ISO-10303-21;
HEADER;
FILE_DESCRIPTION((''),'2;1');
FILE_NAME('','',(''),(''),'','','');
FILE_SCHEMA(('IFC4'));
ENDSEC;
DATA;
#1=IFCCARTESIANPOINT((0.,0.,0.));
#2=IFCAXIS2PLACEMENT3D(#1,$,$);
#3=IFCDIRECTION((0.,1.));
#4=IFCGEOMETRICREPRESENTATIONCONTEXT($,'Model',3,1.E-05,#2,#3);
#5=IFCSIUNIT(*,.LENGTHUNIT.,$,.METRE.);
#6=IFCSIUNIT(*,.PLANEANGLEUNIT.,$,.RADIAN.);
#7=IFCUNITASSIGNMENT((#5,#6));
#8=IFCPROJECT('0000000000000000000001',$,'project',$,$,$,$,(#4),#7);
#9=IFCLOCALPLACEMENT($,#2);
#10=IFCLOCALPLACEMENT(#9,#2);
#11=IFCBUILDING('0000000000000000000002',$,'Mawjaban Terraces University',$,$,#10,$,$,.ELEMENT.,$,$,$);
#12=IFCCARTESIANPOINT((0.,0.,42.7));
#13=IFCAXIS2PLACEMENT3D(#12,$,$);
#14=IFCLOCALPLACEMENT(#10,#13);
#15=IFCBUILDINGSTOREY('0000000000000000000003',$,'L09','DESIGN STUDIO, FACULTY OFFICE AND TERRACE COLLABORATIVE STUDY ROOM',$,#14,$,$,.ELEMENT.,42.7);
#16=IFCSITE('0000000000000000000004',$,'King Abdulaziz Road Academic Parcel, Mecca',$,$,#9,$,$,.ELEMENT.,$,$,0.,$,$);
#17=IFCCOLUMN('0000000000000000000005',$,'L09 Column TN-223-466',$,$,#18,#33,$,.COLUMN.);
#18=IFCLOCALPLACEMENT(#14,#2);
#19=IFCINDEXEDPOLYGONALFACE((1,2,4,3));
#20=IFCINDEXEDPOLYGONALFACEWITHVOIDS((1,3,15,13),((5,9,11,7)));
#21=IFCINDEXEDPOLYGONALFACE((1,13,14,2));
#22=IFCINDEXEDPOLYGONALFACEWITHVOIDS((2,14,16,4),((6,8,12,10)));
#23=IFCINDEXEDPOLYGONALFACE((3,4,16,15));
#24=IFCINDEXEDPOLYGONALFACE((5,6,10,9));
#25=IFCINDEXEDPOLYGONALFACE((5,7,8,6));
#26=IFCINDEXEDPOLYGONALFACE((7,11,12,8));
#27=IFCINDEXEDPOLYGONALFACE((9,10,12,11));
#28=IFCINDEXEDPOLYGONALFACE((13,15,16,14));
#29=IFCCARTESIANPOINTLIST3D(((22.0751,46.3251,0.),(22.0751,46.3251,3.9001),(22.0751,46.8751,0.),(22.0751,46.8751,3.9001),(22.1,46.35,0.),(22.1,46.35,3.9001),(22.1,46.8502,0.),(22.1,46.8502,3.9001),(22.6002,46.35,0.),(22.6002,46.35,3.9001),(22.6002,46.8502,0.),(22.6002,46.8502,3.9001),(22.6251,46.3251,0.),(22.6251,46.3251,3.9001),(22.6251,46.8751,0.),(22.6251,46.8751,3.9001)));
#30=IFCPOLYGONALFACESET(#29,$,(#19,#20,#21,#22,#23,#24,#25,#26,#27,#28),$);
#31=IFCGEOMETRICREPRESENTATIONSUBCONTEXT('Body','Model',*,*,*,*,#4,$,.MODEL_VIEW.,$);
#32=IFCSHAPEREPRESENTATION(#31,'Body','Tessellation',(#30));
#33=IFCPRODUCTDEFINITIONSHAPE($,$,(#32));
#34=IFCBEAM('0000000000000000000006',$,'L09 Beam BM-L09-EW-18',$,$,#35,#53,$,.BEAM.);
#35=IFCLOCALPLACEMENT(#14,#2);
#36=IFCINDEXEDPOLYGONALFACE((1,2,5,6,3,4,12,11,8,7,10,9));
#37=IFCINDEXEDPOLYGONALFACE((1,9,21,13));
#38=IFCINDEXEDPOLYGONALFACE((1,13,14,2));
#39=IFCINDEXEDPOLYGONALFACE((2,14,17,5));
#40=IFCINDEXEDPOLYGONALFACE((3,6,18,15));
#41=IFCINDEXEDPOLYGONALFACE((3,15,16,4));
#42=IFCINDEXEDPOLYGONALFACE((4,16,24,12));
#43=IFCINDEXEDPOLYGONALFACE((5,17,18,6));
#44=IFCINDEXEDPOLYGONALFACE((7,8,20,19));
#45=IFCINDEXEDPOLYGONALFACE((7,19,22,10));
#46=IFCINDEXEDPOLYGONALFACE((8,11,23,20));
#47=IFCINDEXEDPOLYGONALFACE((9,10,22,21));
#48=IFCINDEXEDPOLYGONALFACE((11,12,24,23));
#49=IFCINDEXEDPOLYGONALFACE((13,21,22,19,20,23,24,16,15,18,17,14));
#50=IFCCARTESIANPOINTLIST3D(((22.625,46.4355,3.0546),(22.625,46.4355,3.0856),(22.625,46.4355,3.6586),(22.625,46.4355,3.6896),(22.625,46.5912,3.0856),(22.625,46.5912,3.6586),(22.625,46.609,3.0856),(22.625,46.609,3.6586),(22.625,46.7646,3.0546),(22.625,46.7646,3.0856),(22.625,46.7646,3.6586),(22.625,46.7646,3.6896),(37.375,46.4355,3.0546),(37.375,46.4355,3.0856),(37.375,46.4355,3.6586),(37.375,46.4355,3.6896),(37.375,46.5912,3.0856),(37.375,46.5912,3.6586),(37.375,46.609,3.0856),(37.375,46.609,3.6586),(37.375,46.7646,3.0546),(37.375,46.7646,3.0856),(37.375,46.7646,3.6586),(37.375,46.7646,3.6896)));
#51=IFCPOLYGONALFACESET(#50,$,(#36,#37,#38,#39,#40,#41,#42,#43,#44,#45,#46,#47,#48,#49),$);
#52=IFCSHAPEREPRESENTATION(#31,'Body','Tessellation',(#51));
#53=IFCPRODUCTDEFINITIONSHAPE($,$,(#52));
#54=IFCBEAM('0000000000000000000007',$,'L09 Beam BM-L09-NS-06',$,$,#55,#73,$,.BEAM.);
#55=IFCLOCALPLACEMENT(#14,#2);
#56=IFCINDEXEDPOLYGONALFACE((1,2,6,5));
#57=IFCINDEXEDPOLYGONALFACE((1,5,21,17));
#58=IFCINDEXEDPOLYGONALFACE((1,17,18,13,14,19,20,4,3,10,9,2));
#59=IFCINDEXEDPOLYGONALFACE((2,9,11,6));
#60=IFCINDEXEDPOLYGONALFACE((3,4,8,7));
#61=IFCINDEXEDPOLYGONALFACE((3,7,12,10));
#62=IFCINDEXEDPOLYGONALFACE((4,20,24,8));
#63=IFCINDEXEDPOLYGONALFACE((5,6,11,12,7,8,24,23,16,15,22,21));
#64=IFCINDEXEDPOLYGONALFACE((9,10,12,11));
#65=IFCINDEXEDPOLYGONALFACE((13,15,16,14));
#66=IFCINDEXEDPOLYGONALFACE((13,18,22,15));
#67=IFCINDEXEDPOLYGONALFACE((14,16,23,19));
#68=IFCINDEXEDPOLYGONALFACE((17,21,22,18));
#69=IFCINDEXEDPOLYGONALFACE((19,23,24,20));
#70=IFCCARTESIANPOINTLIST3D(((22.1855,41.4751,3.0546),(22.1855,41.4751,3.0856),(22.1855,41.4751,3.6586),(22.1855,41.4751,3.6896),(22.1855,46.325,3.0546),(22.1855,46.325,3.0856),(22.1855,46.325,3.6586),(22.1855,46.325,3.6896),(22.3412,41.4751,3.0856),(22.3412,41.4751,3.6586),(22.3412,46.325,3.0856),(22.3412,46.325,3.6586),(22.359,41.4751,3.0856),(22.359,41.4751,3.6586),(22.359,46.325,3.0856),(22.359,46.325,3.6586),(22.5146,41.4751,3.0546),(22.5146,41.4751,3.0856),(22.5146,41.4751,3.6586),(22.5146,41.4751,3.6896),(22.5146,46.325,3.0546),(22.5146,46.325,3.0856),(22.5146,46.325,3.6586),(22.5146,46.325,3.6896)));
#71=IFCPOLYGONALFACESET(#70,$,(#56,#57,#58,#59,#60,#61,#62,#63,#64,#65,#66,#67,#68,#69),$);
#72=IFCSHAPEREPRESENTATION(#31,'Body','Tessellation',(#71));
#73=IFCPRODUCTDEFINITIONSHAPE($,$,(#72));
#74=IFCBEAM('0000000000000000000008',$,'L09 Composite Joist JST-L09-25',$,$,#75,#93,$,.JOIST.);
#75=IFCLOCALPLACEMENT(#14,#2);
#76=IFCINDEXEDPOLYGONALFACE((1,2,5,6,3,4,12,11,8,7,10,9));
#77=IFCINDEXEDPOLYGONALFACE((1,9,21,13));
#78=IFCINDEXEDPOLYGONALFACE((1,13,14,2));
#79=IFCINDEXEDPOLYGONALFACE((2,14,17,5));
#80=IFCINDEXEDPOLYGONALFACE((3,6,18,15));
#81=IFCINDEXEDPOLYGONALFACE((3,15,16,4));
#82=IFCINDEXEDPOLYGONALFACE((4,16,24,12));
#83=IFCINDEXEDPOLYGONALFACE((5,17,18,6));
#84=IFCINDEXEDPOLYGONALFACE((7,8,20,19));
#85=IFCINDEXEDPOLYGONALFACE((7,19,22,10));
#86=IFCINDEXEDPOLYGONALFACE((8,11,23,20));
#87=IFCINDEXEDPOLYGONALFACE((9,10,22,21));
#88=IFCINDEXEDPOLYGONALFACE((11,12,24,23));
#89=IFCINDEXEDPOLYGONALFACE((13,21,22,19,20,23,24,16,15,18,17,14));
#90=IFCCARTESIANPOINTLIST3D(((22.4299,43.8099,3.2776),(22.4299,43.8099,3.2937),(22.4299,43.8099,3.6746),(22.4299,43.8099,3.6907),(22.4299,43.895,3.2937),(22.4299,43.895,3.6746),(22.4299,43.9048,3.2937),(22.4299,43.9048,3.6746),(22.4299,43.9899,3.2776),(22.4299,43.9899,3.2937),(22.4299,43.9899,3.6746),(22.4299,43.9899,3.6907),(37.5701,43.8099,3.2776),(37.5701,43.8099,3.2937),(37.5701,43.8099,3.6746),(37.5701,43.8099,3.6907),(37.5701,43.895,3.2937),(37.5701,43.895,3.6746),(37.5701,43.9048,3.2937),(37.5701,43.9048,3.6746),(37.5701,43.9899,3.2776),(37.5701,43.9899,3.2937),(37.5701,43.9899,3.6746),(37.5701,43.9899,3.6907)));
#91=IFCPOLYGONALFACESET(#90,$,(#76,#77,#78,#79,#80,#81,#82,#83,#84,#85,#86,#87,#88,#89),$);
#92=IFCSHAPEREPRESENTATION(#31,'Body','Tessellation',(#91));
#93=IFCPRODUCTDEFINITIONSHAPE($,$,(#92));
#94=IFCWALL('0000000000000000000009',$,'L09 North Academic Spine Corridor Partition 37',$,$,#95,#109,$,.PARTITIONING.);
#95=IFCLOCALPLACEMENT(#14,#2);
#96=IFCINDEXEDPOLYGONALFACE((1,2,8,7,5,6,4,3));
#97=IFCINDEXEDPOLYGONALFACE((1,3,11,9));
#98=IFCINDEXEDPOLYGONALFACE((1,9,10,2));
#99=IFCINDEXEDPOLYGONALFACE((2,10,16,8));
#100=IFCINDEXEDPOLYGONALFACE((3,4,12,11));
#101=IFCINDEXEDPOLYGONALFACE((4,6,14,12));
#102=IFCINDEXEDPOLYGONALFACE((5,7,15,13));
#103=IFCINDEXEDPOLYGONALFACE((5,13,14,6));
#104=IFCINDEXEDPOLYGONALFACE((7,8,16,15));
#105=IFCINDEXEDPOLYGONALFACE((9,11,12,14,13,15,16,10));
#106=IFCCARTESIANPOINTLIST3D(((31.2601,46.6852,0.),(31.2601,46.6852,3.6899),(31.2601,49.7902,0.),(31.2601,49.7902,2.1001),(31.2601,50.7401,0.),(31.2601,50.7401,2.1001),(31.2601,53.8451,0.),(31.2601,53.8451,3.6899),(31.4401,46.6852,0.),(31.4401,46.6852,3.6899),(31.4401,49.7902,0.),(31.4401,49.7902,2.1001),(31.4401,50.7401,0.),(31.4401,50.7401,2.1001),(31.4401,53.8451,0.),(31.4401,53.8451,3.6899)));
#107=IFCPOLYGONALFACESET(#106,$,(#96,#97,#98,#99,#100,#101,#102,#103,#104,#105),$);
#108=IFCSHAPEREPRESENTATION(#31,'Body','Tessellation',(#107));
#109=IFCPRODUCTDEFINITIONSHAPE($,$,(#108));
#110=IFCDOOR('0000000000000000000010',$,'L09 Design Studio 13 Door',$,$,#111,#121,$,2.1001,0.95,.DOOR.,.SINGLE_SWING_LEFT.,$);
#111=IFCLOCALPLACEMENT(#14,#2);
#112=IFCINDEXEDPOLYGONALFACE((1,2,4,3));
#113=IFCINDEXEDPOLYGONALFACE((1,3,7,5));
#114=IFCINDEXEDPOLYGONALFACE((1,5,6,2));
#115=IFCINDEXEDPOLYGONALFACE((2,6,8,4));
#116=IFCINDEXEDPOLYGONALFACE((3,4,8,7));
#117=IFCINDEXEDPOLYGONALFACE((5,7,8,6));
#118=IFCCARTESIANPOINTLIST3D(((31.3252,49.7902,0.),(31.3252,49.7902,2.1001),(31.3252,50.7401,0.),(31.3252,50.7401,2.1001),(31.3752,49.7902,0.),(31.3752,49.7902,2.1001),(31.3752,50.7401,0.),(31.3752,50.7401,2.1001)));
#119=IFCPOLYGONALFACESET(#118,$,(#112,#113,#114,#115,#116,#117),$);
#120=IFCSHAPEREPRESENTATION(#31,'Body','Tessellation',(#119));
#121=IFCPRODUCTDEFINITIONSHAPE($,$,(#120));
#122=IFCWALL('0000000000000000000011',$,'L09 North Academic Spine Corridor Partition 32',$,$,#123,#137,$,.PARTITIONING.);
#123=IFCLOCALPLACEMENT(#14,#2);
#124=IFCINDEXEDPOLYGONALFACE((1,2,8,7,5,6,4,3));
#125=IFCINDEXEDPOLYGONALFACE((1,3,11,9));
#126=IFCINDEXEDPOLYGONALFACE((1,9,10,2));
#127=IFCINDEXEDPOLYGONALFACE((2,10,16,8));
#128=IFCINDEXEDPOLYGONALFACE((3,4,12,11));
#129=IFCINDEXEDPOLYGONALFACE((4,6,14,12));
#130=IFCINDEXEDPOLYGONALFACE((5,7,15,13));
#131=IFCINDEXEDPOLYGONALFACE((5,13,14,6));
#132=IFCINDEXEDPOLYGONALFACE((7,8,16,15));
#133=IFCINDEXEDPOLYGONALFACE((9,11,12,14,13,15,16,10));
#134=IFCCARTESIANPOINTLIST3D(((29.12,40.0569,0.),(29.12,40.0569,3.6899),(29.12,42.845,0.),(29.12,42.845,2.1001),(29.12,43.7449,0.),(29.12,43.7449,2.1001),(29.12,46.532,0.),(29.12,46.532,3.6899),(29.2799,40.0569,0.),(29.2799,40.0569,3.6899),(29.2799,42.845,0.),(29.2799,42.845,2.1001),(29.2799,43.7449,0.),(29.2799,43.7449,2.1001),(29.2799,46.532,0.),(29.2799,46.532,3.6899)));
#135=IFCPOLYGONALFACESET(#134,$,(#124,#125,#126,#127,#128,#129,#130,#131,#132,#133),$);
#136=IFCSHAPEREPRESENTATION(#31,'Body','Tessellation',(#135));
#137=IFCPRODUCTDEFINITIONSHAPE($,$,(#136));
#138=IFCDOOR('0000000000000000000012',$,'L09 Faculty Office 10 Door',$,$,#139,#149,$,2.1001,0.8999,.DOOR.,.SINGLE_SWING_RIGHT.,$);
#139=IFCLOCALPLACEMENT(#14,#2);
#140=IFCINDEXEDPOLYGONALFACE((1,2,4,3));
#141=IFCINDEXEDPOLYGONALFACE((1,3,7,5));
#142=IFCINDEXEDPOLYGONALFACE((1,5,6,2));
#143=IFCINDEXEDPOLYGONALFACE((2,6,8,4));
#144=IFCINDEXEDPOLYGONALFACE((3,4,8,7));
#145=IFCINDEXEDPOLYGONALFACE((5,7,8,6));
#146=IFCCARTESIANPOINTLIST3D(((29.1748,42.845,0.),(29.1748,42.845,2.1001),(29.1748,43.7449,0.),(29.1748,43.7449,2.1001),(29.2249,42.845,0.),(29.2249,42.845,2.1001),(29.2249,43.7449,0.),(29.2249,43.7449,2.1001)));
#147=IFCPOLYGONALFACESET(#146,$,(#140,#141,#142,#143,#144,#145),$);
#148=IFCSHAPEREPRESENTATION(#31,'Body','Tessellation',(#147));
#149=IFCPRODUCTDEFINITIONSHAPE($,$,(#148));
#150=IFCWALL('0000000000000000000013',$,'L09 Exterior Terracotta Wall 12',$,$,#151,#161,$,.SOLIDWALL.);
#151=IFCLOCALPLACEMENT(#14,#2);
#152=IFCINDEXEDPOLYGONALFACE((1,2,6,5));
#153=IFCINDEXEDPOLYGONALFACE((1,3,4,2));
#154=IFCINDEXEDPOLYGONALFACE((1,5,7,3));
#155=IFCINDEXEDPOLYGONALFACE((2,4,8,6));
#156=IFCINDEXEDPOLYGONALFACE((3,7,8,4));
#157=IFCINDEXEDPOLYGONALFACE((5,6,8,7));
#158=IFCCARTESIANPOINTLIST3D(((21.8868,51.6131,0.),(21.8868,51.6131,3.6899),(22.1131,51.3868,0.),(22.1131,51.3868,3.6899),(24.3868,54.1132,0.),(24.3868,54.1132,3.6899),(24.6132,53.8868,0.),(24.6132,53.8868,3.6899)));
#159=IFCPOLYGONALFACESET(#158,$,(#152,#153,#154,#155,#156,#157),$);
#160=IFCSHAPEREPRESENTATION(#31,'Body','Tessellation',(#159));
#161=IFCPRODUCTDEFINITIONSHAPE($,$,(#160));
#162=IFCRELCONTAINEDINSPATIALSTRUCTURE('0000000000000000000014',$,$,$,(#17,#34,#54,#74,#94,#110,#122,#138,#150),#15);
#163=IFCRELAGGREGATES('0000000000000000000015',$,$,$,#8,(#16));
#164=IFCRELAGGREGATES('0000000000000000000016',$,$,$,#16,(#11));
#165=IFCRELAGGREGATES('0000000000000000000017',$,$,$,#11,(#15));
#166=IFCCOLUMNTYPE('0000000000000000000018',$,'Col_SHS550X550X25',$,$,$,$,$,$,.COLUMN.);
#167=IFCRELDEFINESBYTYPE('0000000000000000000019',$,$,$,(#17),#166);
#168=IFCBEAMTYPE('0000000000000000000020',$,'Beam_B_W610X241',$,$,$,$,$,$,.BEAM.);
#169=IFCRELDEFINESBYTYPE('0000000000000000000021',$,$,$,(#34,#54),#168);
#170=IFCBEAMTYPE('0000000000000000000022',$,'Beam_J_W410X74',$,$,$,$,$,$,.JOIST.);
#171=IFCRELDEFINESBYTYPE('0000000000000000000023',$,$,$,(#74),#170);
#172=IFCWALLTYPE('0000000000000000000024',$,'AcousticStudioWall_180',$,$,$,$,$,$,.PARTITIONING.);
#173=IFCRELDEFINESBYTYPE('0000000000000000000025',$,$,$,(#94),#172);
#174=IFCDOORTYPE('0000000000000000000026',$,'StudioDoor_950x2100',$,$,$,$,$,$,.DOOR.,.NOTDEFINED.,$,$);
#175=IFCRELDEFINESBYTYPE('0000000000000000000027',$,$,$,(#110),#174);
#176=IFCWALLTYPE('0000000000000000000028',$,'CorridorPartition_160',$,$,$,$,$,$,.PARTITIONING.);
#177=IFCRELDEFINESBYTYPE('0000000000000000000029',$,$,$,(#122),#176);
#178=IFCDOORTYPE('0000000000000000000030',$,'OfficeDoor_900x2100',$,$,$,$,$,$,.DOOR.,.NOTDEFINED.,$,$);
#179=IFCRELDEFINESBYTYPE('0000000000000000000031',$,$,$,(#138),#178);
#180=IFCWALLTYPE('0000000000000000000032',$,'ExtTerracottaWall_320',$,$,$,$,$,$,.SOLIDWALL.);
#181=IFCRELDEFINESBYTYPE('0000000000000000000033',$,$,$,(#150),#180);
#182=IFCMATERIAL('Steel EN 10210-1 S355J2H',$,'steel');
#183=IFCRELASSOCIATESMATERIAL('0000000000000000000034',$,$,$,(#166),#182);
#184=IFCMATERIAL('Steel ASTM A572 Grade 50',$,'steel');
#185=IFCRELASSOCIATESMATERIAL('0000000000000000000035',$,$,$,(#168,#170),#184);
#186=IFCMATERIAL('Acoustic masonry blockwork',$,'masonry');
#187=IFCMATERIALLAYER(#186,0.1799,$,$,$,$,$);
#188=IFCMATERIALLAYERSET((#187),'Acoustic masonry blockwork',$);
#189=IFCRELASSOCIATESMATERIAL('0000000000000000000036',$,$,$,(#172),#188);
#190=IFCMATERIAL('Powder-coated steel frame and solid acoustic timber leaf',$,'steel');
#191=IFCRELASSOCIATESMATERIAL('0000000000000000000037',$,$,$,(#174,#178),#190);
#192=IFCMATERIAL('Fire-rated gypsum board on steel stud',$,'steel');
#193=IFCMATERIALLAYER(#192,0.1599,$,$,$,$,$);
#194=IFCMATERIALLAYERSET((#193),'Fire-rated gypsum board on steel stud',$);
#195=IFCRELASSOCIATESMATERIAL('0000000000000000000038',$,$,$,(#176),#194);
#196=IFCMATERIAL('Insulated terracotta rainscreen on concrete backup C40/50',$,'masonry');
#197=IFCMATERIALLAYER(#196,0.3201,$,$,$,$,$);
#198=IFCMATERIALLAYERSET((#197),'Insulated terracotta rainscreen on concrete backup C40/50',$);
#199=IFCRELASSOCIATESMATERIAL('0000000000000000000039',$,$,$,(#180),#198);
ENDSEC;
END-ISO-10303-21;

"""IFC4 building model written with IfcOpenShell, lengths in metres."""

from ifc_helpers import new_model, si_unit, direction, frame, frame_2d, origin, origin_2d, place, context, subcontext, project, spatial, rectangle, hollow_rectangle, i_section, extrude, material, layer, layer_set, material_profile, profile_set, type_object, element, fill, save


model = new_model("IFC4")

# Units and contexts
model_context = context("Model", 3, precision=1e-05, world=origin(), true_north=direction((0.0, 1.0)))
body_context = subcontext(model_context, "Body", "Model", "MODEL_VIEW")
ifc_project = project(units=[si_unit("LENGTHUNIT", "METRE"), si_unit("PLANEANGLEUNIT", "RADIAN")], contexts=[model_context])

# Site, building, storey
site_placement = place(None, origin())
site = spatial("IfcSite", under=ifc_project, at=site_placement, Name="King Abdulaziz Road Academic Parcel, Mecca", CompositionType="ELEMENT", RefElevation=0.0)
building_placement = place(site_placement, origin())
building = spatial("IfcBuilding", under=site, at=building_placement, Name="Mawjaban Terraces University", CompositionType="ELEMENT")
storey_placement = place(building_placement, frame((0.0, 0.0, 42.7)))
storey = spatial("IfcBuildingStorey", under=building, at=storey_placement, Name="L09", Description="DESIGN STUDIO, FACULTY OFFICE AND TERRACE COLLABORATIVE STUDY ROOM", CompositionType="ELEMENT", Elevation=42.7)

# Column
ifc_material_1 = material(Name="Steel EN 10210-1 S355J2H", Category="steel")
ifc_material_profile_1 = material_profile(ifc_material_1, hollow_rectangle(XDim=0.55, YDim=0.55, WallThickness=0.0249, at=origin_2d()), Name="SHS550X550X25")
ifc_profile_set_1 = profile_set([ifc_material_profile_1], Name="Steel EN 10210-1 S355J2H")
column_type = type_object("IfcColumnType", Name="Col_SHS550X550X25", PredefinedType="COLUMN", material=ifc_profile_set_1)
column_placement = place(storey_placement, frame((22.3501, 46.6001, 0.0), z_axis=(0.0, 0.0, 1.0), x_axis=(1.0, 0.0, 0.0)))
element("IfcColumn", 1, at=column_placement, inside=storey, type_object=column_type, Name="L09 Column TN-223-466", PredefinedType="COLUMN", context=body_context, shape_type="SweptSolid", body=[
    extrude(hollow_rectangle(XDim=0.55, YDim=0.55, WallThickness=0.0249, at=origin_2d()), origin(), (0.0, 0.0, 1.0), 3.9001),
])

# Beams
ifc_material_2 = material(Name="Steel ASTM A572 Grade 50", Category="steel")
ifc_material_profile_2 = material_profile(ifc_material_2, i_section(OverallWidth=0.3291, OverallDepth=0.635, WebThickness=0.0178, FlangeThickness=0.031, at=origin_2d()), Name="W610X241")
ifc_profile_set_2 = profile_set([ifc_material_profile_2], Name="Steel ASTM A572 Grade 50")
beam_type_1 = type_object("IfcBeamType", Name="Beam_B_W610X241", PredefinedType="BEAM", material=ifc_profile_set_2)
beam_1_placement = place(storey_placement, frame((22.625, 46.6001, 3.3721), z_axis=(1.0, 0.0, 0.0), x_axis=(0.0, 1.0, 0.0)))
element("IfcBeam", 2, at=beam_1_placement, inside=storey, type_object=beam_type_1, Name="L09 Beam BM-L09-EW-18", PredefinedType="BEAM", context=body_context, shape_type="SweptSolid", body=[
    extrude(i_section(OverallWidth=0.3291, OverallDepth=0.635, WebThickness=0.0178, FlangeThickness=0.031, at=origin_2d()), origin(), (0.0, 0.0, 1.0), 14.75),
])
beam_2_placement = place(storey_placement, frame((22.3501, 41.4751, 3.3721), z_axis=(0.0, 1.0, 0.0), x_axis=(-1.0, 0.0, 0.0)))
element("IfcBeam", 3, at=beam_2_placement, inside=storey, type_object=beam_type_1, Name="L09 Beam BM-L09-NS-06", PredefinedType="BEAM", context=body_context, shape_type="SweptSolid", body=[
    extrude(i_section(OverallWidth=0.3291, OverallDepth=0.635, WebThickness=0.0178, FlangeThickness=0.031, at=origin_2d()), origin(), (0.0, 0.0, 1.0), 4.8499),
])
ifc_material_profile_3 = material_profile(ifc_material_2, i_section(OverallWidth=0.1799, OverallDepth=0.4131, WebThickness=0.0098, FlangeThickness=0.0161, at=origin_2d()), Name="W410X74")
ifc_profile_set_3 = profile_set([ifc_material_profile_3], Name="Steel ASTM A572 Grade 50")
beam_type_2 = type_object("IfcBeamType", Name="Beam_J_W410X74", PredefinedType="JOIST", material=ifc_profile_set_3)
beam_3_placement = place(storey_placement, frame((22.4299, 43.8999, 3.4841), z_axis=(1.0, 0.0, 0.0), x_axis=(0.0, 1.0, 0.0)))
element("IfcBeam", 4, at=beam_3_placement, inside=storey, type_object=beam_type_2, Name="L09 Composite Joist JST-L09-25", PredefinedType="JOIST", context=body_context, shape_type="SweptSolid", body=[
    extrude(i_section(OverallWidth=0.1799, OverallDepth=0.4131, WebThickness=0.0098, FlangeThickness=0.0161, at=origin_2d()), origin(), (0.0, 0.0, 1.0), 15.1401),
])

# Walls, openings, doors
ifc_material_3 = material(Name="Acoustic masonry blockwork", Category="masonry")
ifc_layer_1 = layer(ifc_material_3, 0.1799)
ifc_layer_set_1 = layer_set([ifc_layer_1], Name="Acoustic masonry blockwork")
wall_type_1 = type_object("IfcWallType", Name="AcousticStudioWall_180", PredefinedType="PARTITIONING", material=ifc_layer_set_1)
wall_1_placement = place(storey_placement, frame((31.3501, 46.6851, 0.0), z_axis=(0.0, 0.0, 1.0), x_axis=(0.0, 1.0, 0.0)))
wall_1 = element("IfcWall", 5, at=wall_1_placement, inside=storey, type_object=wall_type_1, Name="L09 North Academic Spine Corridor Partition 37", PredefinedType="PARTITIONING", context=body_context, shape_type="SweptSolid", body=[
    extrude(rectangle(XDim=7.1599, YDim=0.1799, at=frame_2d((3.5801, 0.0))), origin(), (0.0, 0.0, 1.0), 3.6899),
])
opening_1_placement = place(wall_1_placement, frame((3.105, 0.0, 0.0)))
opening_1 = element("IfcOpeningElement", 6, at=opening_1_placement, cuts=wall_1, PredefinedType="OPENING", context=body_context, shape_type="SweptSolid", body=[
    extrude(rectangle(XDim=0.95, YDim=2.1001, at=frame_2d((0.4751, 1.05))), frame((0.0, 0.0999, 0.0), z_axis=(0.0, -1.0, 0.0), x_axis=(1.0, 0.0, 0.0)), (0.0, 0.0, 1.0), 0.2),
])
ifc_material_4 = material(Name="Powder-coated steel frame and solid acoustic timber leaf", Category="steel")
door_type_1 = type_object("IfcDoorType", Name="StudioDoor_950x2100", OperationType="NOTDEFINED", PredefinedType="DOOR", material=ifc_material_4)
door_1_placement = place(opening_1_placement, origin())
door_1 = element("IfcDoor", 7, at=door_1_placement, inside=storey, type_object=door_type_1, Name="L09 Design Studio 13 Door", OperationType="SINGLE_SWING_LEFT", OverallHeight=2.1001, OverallWidth=0.95, PredefinedType="DOOR", context=body_context, shape_type="SweptSolid", body=[
    extrude(rectangle(XDim=0.95, YDim=2.1001, at=frame_2d((0.4751, 1.05))), frame((0.0, 0.0249, 0.0), z_axis=(0.0, -1.0, 0.0), x_axis=(1.0, 0.0, 0.0)), (0.0, 0.0, 1.0), 0.05),
])
fill(opening_1, door_1)
ifc_material_5 = material(Name="Fire-rated gypsum board on steel stud", Category="steel")
ifc_layer_2 = layer(ifc_material_5, 0.1599)
ifc_layer_set_2 = layer_set([ifc_layer_2], Name="Fire-rated gypsum board on steel stud")
wall_type_2 = type_object("IfcWallType", Name="CorridorPartition_160", PredefinedType="PARTITIONING", material=ifc_layer_set_2)
wall_2_placement = place(storey_placement, frame((29.2, 46.532, 0.0), z_axis=(0.0, 0.0, 1.0), x_axis=(0.0, -1.0, 0.0)))
wall_2 = element("IfcWall", 8, at=wall_2_placement, inside=storey, type_object=wall_type_2, Name="L09 North Academic Spine Corridor Partition 32", PredefinedType="PARTITIONING", context=body_context, shape_type="SweptSolid", body=[
    extrude(rectangle(XDim=6.4751, YDim=0.1599, at=frame_2d((3.2375, 0.0))), origin(), (0.0, 0.0, 1.0), 3.6899),
])
opening_2_placement = place(wall_2_placement, frame((2.7871, 0.0, 0.0)))
opening_2 = element("IfcOpeningElement", 9, at=opening_2_placement, cuts=wall_2, PredefinedType="OPENING", context=body_context, shape_type="SweptSolid", body=[
    extrude(rectangle(XDim=0.8999, YDim=2.1001, at=frame_2d((0.45, 1.05))), frame((0.0, 0.0898, 0.0), z_axis=(0.0, -1.0, 0.0), x_axis=(1.0, 0.0, 0.0)), (0.0, 0.0, 1.0), 0.1799),
])
door_type_2 = type_object("IfcDoorType", Name="OfficeDoor_900x2100", OperationType="NOTDEFINED", PredefinedType="DOOR", material=ifc_material_4)
door_2_placement = place(opening_2_placement, origin())
door_2 = element("IfcDoor", 10, at=door_2_placement, inside=storey, type_object=door_type_2, Name="L09 Faculty Office 10 Door", OperationType="SINGLE_SWING_RIGHT", OverallHeight=2.1001, OverallWidth=0.8999, PredefinedType="DOOR", context=body_context, shape_type="SweptSolid", body=[
    extrude(rectangle(XDim=0.8999, YDim=2.1001, at=frame_2d((0.45, 1.05))), frame((0.0, 0.0249, 0.0), z_axis=(0.0, -1.0, 0.0), x_axis=(1.0, 0.0, 0.0)), (0.0, 0.0, 1.0), 0.05),
])
fill(opening_2, door_2)

# Wall
ifc_material_6 = material(Name="Insulated terracotta rainscreen on concrete backup C40/50", Category="masonry")
ifc_layer_3 = layer(ifc_material_6, 0.3201)
ifc_layer_set_3 = layer_set([ifc_layer_3], Name="Insulated terracotta rainscreen on concrete backup C40/50")
wall_type_3 = type_object("IfcWallType", Name="ExtTerracottaWall_320", PredefinedType="SOLIDWALL", material=ifc_layer_set_3)
wall_3_placement = place(storey_placement, frame((24.5, 54.0, 0.0), z_axis=(0.0, 0.0, 1.0), x_axis=(-0.707107, -0.707107, 0.0)))
element("IfcWall", 11, at=wall_3_placement, inside=storey, type_object=wall_type_3, Name="L09 Exterior Terracotta Wall 12", PredefinedType="SOLIDWALL", context=body_context, shape_type="SweptSolid", body=[
    extrude(rectangle(XDim=3.5356, YDim=0.3201, at=frame_2d((1.7678, 0.0))), origin(), (0.0, 0.0, 1.0), 3.6899),
])

save(model, "model.ifc")
